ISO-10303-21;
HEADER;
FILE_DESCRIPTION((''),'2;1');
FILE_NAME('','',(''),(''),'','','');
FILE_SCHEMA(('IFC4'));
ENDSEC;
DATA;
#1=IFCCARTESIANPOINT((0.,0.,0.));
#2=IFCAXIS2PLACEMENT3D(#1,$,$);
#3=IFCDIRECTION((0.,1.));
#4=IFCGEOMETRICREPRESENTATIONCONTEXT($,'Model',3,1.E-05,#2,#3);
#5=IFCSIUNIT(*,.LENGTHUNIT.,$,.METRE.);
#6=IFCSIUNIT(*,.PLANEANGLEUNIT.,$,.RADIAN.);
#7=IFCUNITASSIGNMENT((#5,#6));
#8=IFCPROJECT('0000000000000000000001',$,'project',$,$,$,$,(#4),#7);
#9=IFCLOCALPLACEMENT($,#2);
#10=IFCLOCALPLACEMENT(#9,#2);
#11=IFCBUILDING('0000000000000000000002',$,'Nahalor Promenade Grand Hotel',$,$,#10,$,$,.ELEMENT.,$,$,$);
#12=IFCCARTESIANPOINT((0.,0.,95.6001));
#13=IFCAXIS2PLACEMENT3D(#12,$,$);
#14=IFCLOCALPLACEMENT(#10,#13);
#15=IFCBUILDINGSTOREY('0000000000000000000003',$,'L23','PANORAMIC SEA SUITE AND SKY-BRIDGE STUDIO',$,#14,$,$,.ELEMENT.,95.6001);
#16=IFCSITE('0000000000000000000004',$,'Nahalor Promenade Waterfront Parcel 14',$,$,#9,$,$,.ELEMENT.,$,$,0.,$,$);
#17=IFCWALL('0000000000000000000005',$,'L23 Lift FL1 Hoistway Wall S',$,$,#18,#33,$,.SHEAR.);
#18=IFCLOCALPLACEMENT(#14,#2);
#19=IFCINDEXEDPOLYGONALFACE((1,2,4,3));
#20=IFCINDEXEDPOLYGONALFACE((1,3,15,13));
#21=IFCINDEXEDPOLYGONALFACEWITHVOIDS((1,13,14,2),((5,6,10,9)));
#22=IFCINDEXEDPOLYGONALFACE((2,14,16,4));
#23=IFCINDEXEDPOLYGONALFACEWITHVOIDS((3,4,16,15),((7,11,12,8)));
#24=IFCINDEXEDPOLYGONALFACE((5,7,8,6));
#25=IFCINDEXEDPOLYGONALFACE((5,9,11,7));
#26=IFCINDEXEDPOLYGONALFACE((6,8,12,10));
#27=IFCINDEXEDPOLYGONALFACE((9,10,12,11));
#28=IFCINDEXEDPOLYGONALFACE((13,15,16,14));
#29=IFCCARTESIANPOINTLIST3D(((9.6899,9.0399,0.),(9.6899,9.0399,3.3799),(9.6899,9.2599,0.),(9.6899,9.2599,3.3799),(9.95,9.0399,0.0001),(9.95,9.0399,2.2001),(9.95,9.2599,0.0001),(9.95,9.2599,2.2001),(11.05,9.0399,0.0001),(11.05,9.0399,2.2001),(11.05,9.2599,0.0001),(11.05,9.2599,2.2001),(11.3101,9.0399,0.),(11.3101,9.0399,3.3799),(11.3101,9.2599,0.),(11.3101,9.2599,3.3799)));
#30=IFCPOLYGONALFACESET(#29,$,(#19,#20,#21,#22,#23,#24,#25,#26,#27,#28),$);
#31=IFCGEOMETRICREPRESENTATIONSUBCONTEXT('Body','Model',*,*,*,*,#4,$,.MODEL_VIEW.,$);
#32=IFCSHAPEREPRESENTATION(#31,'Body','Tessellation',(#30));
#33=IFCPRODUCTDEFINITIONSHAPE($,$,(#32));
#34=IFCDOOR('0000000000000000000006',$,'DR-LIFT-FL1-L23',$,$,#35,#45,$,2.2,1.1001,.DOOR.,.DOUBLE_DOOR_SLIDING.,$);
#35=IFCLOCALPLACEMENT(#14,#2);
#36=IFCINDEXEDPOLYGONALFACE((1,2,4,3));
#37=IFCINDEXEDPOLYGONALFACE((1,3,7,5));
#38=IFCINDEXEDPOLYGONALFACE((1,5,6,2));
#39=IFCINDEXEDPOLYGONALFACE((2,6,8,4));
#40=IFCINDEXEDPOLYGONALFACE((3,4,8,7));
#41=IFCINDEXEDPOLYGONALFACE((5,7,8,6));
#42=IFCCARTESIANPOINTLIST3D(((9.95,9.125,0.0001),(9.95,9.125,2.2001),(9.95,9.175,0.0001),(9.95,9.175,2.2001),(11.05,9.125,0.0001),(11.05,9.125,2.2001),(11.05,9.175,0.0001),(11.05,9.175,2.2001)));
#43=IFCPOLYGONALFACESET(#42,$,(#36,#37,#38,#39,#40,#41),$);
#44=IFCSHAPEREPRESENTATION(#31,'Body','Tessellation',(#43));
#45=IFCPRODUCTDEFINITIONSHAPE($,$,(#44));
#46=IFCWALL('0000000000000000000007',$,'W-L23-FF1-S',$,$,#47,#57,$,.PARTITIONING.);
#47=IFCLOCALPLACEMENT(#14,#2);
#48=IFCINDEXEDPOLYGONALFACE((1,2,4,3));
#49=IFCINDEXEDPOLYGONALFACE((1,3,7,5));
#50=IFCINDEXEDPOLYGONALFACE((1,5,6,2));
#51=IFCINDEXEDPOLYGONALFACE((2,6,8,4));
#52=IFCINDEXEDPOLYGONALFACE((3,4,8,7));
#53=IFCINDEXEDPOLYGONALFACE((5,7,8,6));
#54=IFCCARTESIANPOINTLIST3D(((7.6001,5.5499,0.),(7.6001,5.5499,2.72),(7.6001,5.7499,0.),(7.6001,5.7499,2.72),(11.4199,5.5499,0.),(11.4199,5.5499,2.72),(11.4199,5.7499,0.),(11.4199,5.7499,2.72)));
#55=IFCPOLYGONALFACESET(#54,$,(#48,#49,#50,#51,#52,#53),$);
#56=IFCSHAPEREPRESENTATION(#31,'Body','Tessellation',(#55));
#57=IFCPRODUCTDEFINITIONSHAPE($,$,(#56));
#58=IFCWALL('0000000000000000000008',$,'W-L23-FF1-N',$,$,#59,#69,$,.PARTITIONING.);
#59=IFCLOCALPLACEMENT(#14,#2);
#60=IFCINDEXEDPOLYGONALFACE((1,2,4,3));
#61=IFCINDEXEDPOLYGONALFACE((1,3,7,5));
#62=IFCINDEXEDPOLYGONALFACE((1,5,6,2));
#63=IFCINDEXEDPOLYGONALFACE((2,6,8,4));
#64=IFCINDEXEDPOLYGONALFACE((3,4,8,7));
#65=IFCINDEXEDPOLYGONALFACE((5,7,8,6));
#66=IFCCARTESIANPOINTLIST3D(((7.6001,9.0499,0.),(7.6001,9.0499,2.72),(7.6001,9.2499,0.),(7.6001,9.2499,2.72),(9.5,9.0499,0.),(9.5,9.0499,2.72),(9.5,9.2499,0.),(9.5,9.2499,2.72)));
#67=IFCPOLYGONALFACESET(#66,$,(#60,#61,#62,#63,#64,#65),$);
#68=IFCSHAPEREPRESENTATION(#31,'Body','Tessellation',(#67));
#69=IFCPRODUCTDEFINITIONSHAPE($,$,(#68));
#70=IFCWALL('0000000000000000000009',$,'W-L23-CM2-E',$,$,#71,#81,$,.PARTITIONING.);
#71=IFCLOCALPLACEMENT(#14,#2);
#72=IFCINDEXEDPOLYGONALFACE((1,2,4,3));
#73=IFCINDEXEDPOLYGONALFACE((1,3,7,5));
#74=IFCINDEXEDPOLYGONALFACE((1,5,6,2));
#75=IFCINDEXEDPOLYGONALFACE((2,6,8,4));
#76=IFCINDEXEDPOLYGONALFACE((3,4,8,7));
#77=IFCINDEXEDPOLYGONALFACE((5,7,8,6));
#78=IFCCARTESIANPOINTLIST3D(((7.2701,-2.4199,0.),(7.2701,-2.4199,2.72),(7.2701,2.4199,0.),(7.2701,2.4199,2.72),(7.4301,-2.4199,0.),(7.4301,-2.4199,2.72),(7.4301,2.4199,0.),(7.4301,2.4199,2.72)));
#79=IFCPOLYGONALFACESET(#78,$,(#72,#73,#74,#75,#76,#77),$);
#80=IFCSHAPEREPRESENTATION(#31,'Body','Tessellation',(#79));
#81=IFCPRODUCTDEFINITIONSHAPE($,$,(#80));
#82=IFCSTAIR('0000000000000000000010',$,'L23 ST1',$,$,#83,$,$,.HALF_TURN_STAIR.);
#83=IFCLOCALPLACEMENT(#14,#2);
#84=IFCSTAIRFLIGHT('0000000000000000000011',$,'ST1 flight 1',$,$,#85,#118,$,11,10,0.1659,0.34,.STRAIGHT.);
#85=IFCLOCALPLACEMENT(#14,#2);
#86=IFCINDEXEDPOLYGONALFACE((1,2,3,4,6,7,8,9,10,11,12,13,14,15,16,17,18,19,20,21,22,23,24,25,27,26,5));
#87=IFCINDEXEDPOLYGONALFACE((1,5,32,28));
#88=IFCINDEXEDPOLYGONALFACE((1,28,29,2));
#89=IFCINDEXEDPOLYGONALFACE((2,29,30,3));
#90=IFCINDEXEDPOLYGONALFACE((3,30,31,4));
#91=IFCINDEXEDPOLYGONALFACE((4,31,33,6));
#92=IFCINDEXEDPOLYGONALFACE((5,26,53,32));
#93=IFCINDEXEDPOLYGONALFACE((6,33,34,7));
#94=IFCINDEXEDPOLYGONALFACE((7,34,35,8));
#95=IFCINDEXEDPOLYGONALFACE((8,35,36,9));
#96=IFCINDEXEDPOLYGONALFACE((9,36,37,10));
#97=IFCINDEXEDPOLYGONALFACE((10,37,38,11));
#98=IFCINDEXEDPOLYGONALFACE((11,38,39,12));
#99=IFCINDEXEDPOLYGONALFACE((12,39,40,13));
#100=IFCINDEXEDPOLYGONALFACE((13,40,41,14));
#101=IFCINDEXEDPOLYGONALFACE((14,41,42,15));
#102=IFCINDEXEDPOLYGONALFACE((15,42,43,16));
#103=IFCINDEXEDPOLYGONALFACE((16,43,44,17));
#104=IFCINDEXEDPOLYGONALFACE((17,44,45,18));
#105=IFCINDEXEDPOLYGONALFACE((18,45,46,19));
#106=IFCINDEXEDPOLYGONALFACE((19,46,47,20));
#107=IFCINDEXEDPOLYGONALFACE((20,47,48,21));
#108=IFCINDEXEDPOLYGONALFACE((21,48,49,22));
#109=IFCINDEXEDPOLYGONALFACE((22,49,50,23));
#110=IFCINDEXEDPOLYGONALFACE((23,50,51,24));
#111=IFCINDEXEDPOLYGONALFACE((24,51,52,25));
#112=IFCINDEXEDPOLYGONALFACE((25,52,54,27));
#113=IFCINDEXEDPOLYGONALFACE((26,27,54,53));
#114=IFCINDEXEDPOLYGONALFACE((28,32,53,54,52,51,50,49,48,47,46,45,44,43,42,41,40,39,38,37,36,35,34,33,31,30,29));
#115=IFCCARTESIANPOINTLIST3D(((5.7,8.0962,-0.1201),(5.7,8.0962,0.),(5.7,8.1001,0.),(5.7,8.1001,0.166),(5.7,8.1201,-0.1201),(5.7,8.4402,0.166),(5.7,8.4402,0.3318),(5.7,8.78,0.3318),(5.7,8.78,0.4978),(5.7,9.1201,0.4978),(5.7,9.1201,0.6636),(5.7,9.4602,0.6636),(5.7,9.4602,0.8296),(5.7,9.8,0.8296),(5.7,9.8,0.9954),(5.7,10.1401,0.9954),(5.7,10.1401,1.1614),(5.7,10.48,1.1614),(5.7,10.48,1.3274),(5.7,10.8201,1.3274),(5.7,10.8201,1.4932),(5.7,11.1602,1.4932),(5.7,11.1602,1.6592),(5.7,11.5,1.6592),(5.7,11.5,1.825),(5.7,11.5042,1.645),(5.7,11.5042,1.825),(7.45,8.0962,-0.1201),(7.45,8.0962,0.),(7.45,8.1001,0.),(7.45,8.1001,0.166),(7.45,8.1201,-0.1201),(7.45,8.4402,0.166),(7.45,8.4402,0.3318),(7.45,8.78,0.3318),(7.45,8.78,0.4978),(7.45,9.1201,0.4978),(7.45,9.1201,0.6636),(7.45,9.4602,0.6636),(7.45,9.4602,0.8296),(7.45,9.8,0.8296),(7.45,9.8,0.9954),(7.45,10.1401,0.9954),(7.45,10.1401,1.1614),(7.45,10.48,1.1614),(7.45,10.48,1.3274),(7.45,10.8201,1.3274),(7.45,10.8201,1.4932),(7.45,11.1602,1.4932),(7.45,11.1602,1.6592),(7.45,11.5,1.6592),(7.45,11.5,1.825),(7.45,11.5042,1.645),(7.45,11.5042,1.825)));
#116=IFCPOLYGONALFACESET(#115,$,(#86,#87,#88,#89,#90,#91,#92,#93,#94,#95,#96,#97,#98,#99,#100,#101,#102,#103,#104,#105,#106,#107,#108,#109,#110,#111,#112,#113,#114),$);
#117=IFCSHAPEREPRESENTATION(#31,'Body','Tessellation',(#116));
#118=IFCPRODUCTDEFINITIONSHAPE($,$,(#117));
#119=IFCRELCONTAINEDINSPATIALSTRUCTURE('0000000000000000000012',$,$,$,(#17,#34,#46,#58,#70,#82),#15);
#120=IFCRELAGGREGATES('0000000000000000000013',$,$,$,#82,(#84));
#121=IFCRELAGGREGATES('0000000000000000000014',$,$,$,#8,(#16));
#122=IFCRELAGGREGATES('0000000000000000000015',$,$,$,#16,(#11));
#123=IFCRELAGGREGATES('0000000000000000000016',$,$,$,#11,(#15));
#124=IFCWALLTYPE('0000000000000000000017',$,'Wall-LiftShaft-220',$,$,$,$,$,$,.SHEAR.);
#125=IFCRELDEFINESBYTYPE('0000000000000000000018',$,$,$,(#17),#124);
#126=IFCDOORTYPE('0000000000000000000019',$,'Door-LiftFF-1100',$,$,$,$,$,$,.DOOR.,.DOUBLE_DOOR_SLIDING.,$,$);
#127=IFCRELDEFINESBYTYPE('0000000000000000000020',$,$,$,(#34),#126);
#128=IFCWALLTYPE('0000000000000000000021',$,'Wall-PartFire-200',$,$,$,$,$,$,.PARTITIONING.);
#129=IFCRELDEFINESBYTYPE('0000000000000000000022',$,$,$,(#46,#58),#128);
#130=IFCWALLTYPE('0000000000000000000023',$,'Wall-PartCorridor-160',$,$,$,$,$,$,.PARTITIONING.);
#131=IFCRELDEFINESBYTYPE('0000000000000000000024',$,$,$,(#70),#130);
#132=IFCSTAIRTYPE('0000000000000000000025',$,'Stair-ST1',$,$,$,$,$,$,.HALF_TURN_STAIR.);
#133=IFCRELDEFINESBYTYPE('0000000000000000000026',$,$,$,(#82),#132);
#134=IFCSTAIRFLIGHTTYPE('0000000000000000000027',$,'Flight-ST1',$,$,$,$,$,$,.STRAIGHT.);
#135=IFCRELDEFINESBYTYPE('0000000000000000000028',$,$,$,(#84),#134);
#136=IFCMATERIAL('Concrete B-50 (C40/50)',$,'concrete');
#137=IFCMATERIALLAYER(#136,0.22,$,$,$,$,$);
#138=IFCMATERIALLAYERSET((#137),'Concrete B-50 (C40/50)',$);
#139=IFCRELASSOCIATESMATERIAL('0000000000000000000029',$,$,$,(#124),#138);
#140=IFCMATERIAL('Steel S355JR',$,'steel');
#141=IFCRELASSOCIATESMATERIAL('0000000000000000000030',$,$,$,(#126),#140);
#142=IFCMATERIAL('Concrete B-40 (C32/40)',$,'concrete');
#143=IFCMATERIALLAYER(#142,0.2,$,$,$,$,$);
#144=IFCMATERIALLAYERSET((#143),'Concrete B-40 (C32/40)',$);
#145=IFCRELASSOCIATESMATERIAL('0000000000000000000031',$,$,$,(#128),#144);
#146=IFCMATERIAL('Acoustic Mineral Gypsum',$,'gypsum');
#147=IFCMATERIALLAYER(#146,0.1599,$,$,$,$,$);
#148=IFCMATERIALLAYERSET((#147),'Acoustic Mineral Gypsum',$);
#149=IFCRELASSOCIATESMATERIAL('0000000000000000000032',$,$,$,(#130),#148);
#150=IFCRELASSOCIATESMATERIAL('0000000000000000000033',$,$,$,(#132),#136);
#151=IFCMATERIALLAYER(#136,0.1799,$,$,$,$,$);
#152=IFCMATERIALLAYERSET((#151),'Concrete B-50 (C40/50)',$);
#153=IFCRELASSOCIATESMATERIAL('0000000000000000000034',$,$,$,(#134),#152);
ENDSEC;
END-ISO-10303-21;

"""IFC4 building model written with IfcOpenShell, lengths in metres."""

from ifc_helpers import new_model, si_unit, direction, frame, frame_2d, origin, place, context, subcontext, project, spatial, polyline, rectangle, outline, extrude, source, transform, mapped, material, layer, layer_set, type_object, element, fill, aggregate, save


model = new_model("IFC4")

# Units and contexts
model_context = context("Model", 3, precision=1e-05, world=origin(), true_north=direction((0.0, 1.0)))
body_context = subcontext(model_context, "Body", "Model", "MODEL_VIEW")
ifc_project = project(units=[si_unit("LENGTHUNIT", "METRE"), si_unit("PLANEANGLEUNIT", "RADIAN")], contexts=[model_context])

# Site, building, storey
site_placement = place(None, origin())
site = spatial("IfcSite", under=ifc_project, at=site_placement, Name="Nahalor Promenade Waterfront Parcel 14", CompositionType="ELEMENT", RefElevation=0.0)
building_placement = place(site_placement, origin())
building = spatial("IfcBuilding", under=site, at=building_placement, Name="Nahalor Promenade Grand Hotel", CompositionType="ELEMENT")
storey_placement = place(building_placement, frame((0.0, 0.0, 95.6001)))
storey = spatial("IfcBuildingStorey", under=building, at=storey_placement, Name="L23", Description="PANORAMIC SEA SUITE AND SKY-BRIDGE STUDIO", CompositionType="ELEMENT", Elevation=95.6001)

# Shared definitions
ifc_material_1 = material(Name="Steel S355JR", Category="steel")

# Shared definitions
ifc_material_2 = material(Name="Concrete B-50 (C40/50)", Category="concrete")

# Shared definitions
ifc_layer_1 = layer(ifc_material_2, 0.22)
ifc_layer_set_1 = layer_set([ifc_layer_1], Name="Concrete B-50 (C40/50)")
wall_type_1 = type_object("IfcWallType", Name="Wall-LiftShaft-220", PredefinedType="SHEAR", material=ifc_layer_set_1)

# Wall, opening, door
shared_shape_1 = source(origin(), body_context, "Body", "SweptSolid", [
    extrude(rectangle(XDim=1.6201, YDim=0.22, at=frame_2d((0.8101, 0.0))), origin(), (0.0, 0.0, 1.0), 3.3799),
])
wall_1_placement = place(storey_placement, frame((9.6899, 9.1499, 0.0), z_axis=(0.0, 0.0, 1.0), x_axis=(1.0, 0.0, 0.0)))
wall_1 = element("IfcWall", 1, at=wall_1_placement, inside=storey, type_object=wall_type_1, Name="L23 Lift FL1 Hoistway Wall S", PredefinedType="SHEAR", context=body_context, shape_type="MappedRepresentation", body=[
    mapped(shared_shape_1, transform((0.0, 0.0, 0.0), scale=1.0)),
])
opening_1_placement = place(wall_1_placement, frame((0.26, 0.0, 0.0)))
opening_1 = element("IfcOpeningElement", 2, at=opening_1_placement, cuts=wall_1, PredefinedType="OPENING", context=body_context, shape_type="SweptSolid", body=[
    extrude(rectangle(XDim=1.1001, YDim=2.2, at=frame_2d((0.55, 1.1001))), frame((0.0, 0.1199, 0.0), z_axis=(0.0, -1.0, 0.0), x_axis=(1.0, 0.0, 0.0)), (0.0, 0.0, 1.0), 0.24),
])
door_type_1 = type_object("IfcDoorType", Name="Door-LiftFF-1100", OperationType="DOUBLE_DOOR_SLIDING", PredefinedType="DOOR", material=ifc_material_1)
shared_shape_2 = source(origin(), body_context, "Body", "SweptSolid", [
    extrude(rectangle(XDim=1.1001, YDim=2.2, at=frame_2d((0.55, 1.1001))), frame((0.0, 0.0249, 0.0), z_axis=(0.0, -1.0, 0.0), x_axis=(1.0, 0.0, 0.0)), (0.0, 0.0, 1.0), 0.05),
])
door_1_placement = place(opening_1_placement, frame((1.1001, 0.0, 0.0), z_axis=(0.0, 0.0, 1.0), x_axis=(-1.0, 0.0, 0.0)))
door_1 = element("IfcDoor", 3, at=door_1_placement, inside=storey, type_object=door_type_1, Name="DR-LIFT-FL1-L23", OperationType="DOUBLE_DOOR_SLIDING", OverallHeight=2.2, OverallWidth=1.1001, PredefinedType="DOOR", context=body_context, shape_type="MappedRepresentation", body=[
    mapped(shared_shape_2, transform((0.0, 0.0, 0.0), scale=1.0)),
])
fill(opening_1, door_1)

# Walls
ifc_material_3 = material(Name="Concrete B-40 (C32/40)", Category="concrete")
ifc_layer_2 = layer(ifc_material_3, 0.2)
ifc_layer_set_2 = layer_set([ifc_layer_2], Name="Concrete B-40 (C32/40)")
wall_type_2 = type_object("IfcWallType", Name="Wall-PartFire-200", PredefinedType="PARTITIONING", material=ifc_layer_set_2)
shared_shape_3 = source(origin(), body_context, "Body", "SweptSolid", [
    extrude(rectangle(XDim=3.8198, YDim=0.2, at=frame_2d((1.9099, 0.0))), origin(), (0.0, 0.0, 1.0), 2.72),
])
wall_2_placement = place(storey_placement, frame((7.6001, 5.6499, 0.0), z_axis=(0.0, 0.0, 1.0), x_axis=(1.0, 0.0, 0.0)))
element("IfcWall", 4, at=wall_2_placement, inside=storey, type_object=wall_type_2, Name="W-L23-FF1-S", PredefinedType="PARTITIONING", context=body_context, shape_type="MappedRepresentation", body=[
    mapped(shared_shape_3, transform((0.0, 0.0, 0.0), scale=1.0)),
])
shared_shape_4 = source(origin(), body_context, "Body", "SweptSolid", [
    extrude(rectangle(XDim=1.8999, YDim=0.2, at=frame_2d((0.95, 0.0))), origin(), (0.0, 0.0, 1.0), 2.72),
])
wall_3_placement = place(storey_placement, frame((7.6001, 9.1499, 0.0), z_axis=(0.0, 0.0, 1.0), x_axis=(1.0, 0.0, 0.0)))
element("IfcWall", 5, at=wall_3_placement, inside=storey, type_object=wall_type_2, Name="W-L23-FF1-N", PredefinedType="PARTITIONING", context=body_context, shape_type="MappedRepresentation", body=[
    mapped(shared_shape_4, transform((0.0, 0.0, 0.0), scale=1.0)),
])

# Wall
ifc_material_4 = material(Name="Acoustic Mineral Gypsum", Category="gypsum")
ifc_layer_3 = layer(ifc_material_4, 0.1599)
ifc_layer_set_3 = layer_set([ifc_layer_3], Name="Acoustic Mineral Gypsum")
wall_type_3 = type_object("IfcWallType", Name="Wall-PartCorridor-160", PredefinedType="PARTITIONING", material=ifc_layer_set_3)
shared_shape_5 = source(origin(), body_context, "Body", "SweptSolid", [
    extrude(rectangle(XDim=4.8398, YDim=0.1599, at=frame_2d((2.4199, 0.0))), origin(), (0.0, 0.0, 1.0), 2.72),
])
wall_4_placement = place(storey_placement, frame((7.3501, -2.4199, 0.0), z_axis=(0.0, 0.0, 1.0), x_axis=(0.0, 1.0, 0.0)))
element("IfcWall", 6, at=wall_4_placement, inside=storey, type_object=wall_type_3, Name="W-L23-CM2-E", PredefinedType="PARTITIONING", context=body_context, shape_type="MappedRepresentation", body=[
    mapped(shared_shape_5, transform((0.0, 0.0, 0.0), scale=1.0)),
])

# Stair, stair flight
stair_type = type_object("IfcStairType", Name="Stair-ST1", PredefinedType="HALF_TURN_STAIR", material=ifc_material_2)
stair_placement = place(storey_placement, origin())
stair = element("IfcStair", 7, at=stair_placement, inside=storey, type_object=stair_type, Name="L23 ST1", PredefinedType="HALF_TURN_STAIR")
ifc_layer_4 = layer(ifc_material_2, 0.1799)
ifc_layer_set_4 = layer_set([ifc_layer_4], Name="Concrete B-50 (C40/50)")
stair_flight_type = type_object("IfcStairFlightType", Name="Flight-ST1", PredefinedType="STRAIGHT", material=ifc_layer_set_4)
shared_shape_6 = source(origin(), body_context, "Body", "SweptSolid", [
    extrude(outline(polyline([(-0.0039, -0.1201), (-0.0039, 0.0), (0.0, 0.0), (0.0, 0.166), (0.3401, 0.166), (0.3401, 0.3318), (0.6799, 0.3318), (0.6799, 0.4978), (1.02, 0.4978), (1.02, 0.6636), (1.3601, 0.6636), (1.3601, 0.8296), (1.7, 0.8296), (1.7, 0.9954), (2.04, 0.9954), (2.04, 1.1614), (2.3799, 1.1614), (2.3799, 1.3274), (2.72, 1.3274), (2.72, 1.4932), (3.0601, 1.4932), (3.0601, 1.6592), (3.3999, 1.6592), (3.3999, 1.825), (3.4041, 1.825), (3.4041, 1.645), (0.02, -0.1201), (-0.0039, -0.1201)])), frame((0.0, 0.875, 0.0), z_axis=(0.0, -1.0, 0.0), x_axis=(1.0, 0.0, 0.0)), (0.0, 0.0, 1.0), 1.75),
])
stair_flight_placement = place(storey_placement, frame((6.575, 8.1001, 0.0), z_axis=(0.0, 0.0, 1.0), x_axis=(0.0, 1.0, 0.0)))
stair_flight = element("IfcStairFlight", 8, at=stair_flight_placement, type_object=stair_flight_type, Name="ST1 flight 1", NumberOfRisers=11, NumberOfTreads=10, PredefinedType="STRAIGHT", RiserHeight=0.1659, TreadLength=0.34, context=body_context, shape_type="MappedRepresentation", body=[
    mapped(shared_shape_6, transform((0.0, 0.0, 0.0), scale=1.0)),
])
aggregate(stair, [stair_flight])

save(model, "model.ifc")
